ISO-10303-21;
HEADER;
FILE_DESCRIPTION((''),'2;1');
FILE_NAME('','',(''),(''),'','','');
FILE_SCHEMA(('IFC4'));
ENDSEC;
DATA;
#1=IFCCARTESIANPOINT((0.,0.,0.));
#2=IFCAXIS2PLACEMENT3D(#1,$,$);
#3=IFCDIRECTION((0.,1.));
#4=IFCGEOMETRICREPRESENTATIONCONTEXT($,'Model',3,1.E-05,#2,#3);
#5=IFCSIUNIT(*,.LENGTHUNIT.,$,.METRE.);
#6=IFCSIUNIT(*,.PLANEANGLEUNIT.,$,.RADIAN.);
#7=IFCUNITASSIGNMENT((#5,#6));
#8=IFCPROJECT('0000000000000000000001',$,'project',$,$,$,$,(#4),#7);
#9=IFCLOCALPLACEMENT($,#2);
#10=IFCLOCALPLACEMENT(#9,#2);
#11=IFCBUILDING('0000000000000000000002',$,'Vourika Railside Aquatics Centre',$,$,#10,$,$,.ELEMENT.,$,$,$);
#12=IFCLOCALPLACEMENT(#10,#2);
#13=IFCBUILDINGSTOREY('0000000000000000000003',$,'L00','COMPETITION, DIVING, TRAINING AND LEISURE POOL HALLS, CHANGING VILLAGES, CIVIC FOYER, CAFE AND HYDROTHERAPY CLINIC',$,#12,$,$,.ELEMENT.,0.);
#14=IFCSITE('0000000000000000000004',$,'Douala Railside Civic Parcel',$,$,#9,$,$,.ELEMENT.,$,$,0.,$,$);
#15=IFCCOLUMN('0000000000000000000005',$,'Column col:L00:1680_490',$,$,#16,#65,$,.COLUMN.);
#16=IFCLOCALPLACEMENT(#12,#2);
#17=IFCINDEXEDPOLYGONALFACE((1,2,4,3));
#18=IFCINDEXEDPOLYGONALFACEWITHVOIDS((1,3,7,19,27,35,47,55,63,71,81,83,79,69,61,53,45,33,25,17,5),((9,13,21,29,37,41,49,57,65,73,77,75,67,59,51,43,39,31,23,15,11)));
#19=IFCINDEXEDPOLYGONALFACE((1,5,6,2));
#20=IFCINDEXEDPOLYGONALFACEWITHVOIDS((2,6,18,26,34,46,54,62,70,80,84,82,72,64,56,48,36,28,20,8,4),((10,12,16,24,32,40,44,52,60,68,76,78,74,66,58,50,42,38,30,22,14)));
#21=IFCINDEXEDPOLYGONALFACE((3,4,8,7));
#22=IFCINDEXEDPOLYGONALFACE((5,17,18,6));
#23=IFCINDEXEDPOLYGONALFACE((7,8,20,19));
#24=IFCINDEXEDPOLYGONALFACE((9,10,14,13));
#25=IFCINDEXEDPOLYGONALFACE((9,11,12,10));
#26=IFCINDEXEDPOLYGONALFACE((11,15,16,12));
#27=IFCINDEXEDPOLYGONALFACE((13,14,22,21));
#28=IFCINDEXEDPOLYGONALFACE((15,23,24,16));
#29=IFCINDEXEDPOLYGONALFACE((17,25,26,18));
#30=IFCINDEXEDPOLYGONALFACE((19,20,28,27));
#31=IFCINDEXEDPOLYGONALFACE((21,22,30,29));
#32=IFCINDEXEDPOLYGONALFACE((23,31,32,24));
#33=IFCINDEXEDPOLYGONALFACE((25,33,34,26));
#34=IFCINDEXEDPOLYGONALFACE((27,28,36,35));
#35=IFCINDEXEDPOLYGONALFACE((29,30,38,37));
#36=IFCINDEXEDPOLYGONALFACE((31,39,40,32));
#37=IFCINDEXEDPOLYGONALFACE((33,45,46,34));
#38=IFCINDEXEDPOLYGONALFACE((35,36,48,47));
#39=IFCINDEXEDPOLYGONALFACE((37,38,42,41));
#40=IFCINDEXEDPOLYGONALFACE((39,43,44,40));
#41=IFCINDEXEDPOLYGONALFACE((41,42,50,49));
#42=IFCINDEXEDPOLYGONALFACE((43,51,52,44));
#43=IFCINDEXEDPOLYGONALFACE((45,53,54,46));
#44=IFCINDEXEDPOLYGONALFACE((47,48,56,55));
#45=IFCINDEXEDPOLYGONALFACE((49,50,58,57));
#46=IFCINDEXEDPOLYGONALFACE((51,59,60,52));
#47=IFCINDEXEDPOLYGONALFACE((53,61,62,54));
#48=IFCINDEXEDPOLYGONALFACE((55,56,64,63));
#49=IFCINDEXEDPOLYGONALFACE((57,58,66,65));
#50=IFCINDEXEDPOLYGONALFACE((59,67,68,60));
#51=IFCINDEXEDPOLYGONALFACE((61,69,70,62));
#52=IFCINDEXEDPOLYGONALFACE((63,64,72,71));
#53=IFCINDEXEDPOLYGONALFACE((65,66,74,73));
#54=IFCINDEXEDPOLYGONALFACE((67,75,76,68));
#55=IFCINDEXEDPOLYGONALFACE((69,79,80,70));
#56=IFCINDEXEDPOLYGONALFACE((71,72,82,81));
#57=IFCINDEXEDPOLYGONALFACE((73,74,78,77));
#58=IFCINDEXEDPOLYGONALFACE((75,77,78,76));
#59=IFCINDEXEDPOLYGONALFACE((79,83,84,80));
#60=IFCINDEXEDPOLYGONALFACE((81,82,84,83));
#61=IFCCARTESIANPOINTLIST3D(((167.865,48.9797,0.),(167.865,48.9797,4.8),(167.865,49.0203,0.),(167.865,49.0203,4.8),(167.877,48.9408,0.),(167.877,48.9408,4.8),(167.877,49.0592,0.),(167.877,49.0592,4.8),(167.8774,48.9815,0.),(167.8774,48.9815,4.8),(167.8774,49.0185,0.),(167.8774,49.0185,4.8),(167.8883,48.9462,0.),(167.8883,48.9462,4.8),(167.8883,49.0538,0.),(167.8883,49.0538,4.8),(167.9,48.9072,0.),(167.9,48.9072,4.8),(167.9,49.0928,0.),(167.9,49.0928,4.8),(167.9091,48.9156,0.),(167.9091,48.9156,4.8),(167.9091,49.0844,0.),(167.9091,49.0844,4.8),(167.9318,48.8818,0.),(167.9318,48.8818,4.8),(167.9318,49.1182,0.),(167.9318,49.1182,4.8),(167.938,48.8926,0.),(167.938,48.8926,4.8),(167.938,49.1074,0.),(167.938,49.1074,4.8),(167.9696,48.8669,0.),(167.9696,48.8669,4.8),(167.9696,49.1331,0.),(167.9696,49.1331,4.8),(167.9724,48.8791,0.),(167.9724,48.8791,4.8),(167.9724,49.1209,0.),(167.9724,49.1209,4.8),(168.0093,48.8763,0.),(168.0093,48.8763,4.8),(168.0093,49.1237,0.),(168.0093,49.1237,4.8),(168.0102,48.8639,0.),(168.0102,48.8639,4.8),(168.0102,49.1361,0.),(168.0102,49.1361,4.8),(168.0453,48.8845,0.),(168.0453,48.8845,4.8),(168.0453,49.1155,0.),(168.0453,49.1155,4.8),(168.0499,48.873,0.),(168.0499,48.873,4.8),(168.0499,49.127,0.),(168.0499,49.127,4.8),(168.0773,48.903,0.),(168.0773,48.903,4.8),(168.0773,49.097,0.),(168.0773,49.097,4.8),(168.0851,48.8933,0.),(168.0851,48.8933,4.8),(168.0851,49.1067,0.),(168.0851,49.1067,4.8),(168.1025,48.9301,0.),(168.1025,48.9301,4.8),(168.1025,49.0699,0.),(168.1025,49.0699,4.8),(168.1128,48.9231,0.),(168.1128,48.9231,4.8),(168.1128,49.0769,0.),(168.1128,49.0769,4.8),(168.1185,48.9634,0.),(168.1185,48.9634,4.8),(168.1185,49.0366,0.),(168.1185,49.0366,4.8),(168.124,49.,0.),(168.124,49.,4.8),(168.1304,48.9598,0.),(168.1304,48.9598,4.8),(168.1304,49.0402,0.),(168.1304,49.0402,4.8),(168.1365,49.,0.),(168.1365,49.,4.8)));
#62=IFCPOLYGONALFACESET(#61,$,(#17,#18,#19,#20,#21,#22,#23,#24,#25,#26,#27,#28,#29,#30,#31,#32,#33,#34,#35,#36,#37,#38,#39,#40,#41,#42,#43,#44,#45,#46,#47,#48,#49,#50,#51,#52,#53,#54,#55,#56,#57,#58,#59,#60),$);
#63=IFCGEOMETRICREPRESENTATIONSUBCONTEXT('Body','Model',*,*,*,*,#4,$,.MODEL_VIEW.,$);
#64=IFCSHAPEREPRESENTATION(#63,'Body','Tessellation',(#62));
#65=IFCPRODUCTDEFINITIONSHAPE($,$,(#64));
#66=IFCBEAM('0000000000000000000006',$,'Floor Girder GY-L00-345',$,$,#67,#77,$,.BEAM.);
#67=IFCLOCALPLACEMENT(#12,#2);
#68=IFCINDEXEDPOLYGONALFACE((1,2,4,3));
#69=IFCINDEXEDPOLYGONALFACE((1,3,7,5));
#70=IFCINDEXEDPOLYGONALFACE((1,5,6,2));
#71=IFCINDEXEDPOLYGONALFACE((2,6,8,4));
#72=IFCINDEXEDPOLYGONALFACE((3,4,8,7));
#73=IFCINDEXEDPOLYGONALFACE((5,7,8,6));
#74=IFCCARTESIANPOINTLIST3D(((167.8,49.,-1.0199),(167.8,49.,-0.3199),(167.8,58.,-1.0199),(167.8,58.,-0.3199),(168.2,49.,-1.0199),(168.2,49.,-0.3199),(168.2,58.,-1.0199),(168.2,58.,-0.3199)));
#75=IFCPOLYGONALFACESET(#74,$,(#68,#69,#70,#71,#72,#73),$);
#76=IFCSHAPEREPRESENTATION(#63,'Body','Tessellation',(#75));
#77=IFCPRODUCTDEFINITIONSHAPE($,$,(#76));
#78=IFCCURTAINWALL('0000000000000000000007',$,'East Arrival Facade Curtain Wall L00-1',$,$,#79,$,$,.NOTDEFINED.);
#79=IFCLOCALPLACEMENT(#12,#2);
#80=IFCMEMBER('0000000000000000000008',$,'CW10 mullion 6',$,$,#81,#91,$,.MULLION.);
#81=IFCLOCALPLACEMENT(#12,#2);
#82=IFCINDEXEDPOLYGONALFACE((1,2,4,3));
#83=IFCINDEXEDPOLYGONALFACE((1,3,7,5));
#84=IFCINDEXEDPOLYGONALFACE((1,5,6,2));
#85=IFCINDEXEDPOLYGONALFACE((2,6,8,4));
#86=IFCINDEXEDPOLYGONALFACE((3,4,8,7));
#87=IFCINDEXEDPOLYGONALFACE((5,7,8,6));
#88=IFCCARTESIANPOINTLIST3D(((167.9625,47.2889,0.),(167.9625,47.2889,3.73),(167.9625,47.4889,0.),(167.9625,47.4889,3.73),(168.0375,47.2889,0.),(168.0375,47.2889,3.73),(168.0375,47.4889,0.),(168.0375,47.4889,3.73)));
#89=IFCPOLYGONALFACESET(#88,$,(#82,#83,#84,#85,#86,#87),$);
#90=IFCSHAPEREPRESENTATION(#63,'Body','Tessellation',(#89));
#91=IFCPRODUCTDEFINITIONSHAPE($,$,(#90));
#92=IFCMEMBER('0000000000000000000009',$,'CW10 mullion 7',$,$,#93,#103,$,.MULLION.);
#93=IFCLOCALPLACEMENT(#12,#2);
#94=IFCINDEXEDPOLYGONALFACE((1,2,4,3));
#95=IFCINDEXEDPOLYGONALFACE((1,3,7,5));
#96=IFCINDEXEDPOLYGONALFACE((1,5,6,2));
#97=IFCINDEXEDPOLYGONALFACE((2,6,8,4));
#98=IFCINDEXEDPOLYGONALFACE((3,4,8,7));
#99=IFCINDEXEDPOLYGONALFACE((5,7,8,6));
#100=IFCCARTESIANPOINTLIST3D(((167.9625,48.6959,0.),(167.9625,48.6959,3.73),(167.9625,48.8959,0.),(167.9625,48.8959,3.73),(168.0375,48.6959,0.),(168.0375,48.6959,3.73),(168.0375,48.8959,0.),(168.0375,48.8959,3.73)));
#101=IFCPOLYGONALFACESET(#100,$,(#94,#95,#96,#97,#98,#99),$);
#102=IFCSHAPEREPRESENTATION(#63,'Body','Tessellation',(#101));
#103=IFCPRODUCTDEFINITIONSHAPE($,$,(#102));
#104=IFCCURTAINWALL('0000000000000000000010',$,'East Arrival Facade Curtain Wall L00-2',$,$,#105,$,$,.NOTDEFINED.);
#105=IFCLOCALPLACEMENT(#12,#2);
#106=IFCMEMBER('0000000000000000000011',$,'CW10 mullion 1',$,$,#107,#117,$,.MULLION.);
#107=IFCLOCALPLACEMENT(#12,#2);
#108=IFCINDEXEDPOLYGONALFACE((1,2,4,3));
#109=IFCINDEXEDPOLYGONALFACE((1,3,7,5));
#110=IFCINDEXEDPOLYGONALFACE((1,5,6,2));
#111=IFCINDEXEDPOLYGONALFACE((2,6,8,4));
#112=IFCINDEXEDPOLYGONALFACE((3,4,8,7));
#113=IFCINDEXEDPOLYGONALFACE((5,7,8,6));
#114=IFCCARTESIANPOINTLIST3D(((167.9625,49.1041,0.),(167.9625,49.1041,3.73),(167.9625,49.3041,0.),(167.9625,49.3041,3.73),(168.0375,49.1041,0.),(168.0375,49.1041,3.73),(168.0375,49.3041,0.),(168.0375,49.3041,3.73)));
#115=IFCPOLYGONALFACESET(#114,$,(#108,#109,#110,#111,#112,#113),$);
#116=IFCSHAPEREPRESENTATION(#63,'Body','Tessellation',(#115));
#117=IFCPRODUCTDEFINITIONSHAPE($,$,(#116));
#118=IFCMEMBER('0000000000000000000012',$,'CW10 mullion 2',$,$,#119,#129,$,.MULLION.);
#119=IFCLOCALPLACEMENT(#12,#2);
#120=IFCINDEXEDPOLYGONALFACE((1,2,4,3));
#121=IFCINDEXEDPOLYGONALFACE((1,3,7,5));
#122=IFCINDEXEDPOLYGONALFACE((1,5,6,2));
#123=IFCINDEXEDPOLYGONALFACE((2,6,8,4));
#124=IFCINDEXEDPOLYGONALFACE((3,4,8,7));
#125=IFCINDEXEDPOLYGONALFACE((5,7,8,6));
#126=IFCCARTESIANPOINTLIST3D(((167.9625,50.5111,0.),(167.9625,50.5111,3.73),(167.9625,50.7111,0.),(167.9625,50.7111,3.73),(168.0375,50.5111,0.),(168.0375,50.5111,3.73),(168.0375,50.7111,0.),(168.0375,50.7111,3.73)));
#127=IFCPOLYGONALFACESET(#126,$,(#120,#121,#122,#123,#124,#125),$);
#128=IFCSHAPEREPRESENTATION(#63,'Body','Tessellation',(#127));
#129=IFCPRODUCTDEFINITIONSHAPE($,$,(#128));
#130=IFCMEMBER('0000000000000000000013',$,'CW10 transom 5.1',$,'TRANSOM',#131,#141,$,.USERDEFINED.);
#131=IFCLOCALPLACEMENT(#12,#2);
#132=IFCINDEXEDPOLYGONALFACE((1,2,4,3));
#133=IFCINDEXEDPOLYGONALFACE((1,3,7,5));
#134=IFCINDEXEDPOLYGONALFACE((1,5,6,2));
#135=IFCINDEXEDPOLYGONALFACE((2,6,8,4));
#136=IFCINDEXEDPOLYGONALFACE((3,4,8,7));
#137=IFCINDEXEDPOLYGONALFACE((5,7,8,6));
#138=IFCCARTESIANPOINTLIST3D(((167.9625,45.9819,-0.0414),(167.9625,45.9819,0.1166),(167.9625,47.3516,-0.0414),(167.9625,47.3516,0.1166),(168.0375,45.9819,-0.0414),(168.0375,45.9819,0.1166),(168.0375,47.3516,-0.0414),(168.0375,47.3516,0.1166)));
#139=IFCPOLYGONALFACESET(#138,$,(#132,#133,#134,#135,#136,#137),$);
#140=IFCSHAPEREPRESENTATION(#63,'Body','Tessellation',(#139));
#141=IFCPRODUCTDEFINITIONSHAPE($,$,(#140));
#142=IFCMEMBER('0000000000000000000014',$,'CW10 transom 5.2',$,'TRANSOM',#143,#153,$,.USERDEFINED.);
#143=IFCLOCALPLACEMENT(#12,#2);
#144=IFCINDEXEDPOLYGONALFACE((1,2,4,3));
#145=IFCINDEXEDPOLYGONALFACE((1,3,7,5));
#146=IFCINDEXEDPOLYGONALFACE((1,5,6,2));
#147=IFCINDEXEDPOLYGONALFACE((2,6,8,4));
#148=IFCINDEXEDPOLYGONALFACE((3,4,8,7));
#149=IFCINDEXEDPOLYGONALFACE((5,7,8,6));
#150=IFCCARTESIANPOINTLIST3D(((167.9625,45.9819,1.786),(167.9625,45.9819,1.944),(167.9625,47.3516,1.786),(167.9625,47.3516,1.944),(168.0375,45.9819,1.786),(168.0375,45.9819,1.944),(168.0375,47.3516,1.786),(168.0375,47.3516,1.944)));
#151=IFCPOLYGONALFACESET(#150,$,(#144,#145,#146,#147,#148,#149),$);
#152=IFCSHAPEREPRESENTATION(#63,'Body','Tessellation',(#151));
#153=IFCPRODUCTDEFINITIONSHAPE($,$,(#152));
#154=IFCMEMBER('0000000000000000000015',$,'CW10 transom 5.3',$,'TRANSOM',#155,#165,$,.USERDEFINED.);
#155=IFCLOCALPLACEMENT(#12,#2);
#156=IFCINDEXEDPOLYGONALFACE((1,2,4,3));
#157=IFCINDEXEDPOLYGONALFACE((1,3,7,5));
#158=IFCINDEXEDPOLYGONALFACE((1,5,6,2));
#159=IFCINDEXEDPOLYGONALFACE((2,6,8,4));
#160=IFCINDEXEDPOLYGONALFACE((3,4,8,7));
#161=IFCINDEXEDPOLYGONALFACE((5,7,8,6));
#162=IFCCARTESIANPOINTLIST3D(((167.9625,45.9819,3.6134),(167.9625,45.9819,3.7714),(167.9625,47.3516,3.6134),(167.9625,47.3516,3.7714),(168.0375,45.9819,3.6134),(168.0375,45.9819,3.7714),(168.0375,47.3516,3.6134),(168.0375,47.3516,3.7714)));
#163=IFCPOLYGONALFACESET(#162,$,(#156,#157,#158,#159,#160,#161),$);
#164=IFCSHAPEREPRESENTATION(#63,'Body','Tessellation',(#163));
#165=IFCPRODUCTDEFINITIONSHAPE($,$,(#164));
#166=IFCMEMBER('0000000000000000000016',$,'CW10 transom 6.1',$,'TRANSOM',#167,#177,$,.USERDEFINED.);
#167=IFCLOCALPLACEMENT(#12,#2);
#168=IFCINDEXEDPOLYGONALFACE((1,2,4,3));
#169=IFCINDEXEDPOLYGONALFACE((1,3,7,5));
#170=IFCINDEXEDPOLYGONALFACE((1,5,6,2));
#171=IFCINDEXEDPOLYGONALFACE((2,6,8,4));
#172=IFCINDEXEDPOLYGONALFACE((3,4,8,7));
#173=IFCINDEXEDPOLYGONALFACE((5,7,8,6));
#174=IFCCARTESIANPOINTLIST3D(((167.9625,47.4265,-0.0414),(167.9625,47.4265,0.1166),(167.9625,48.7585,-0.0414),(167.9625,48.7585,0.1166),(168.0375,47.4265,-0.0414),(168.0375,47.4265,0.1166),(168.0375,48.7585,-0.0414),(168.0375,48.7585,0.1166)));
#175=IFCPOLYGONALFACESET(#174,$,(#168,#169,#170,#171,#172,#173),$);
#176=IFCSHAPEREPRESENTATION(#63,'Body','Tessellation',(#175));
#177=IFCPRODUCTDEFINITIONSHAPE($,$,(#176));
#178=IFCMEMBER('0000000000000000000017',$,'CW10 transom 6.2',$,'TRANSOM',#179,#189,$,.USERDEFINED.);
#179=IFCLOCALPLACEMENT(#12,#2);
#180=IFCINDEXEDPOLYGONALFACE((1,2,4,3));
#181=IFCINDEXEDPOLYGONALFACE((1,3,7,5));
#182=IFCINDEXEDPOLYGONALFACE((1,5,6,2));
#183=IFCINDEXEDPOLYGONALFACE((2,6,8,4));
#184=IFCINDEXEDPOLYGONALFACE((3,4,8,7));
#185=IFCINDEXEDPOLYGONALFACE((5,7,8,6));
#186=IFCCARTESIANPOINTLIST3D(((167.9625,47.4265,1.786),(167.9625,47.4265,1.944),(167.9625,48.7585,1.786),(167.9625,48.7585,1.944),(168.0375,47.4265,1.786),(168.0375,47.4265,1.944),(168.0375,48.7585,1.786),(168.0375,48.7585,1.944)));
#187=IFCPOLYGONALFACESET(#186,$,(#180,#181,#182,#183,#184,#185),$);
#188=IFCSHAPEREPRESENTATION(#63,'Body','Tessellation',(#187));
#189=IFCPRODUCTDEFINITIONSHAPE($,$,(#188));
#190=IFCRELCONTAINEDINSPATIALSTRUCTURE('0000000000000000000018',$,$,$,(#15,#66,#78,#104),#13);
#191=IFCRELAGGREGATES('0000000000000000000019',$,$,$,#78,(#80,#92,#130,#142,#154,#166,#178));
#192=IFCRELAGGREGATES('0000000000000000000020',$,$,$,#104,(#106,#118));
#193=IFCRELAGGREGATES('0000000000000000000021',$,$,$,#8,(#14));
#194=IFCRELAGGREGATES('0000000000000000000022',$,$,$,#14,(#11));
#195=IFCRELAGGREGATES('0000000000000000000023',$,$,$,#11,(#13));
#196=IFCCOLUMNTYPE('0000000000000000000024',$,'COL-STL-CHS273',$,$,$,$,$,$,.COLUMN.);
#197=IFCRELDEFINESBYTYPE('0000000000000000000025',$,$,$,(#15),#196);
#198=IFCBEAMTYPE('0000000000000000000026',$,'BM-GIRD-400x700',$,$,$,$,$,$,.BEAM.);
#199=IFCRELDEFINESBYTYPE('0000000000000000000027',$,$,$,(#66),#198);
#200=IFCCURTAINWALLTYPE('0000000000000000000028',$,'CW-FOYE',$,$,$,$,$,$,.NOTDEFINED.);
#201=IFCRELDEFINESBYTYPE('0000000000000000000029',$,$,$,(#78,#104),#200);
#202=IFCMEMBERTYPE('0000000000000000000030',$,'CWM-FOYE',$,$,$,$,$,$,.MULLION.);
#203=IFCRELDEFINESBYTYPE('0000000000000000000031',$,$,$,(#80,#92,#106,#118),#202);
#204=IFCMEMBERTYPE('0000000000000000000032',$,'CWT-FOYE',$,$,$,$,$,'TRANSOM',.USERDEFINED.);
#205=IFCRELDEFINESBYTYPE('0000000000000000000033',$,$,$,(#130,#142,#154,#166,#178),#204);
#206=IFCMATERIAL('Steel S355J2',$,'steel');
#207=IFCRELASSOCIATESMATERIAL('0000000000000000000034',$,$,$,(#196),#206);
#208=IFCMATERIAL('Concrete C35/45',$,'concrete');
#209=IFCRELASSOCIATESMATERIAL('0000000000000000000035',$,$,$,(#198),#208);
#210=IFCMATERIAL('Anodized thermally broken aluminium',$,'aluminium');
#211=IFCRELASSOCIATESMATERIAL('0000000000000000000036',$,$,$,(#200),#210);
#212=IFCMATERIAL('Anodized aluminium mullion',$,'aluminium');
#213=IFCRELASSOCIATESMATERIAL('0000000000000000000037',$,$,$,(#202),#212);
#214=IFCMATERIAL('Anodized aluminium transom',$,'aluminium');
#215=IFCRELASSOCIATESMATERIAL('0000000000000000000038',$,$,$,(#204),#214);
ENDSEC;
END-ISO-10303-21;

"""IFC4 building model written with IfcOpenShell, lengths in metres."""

from ifc_helpers import new_model, si_unit, direction, frame, origin, origin_2d, place, context, subcontext, project, spatial, rectangle, hollow_circle, extrude, material, material_profile, profile_set, type_object, element, aggregate, save


model = new_model("IFC4")

# Units and contexts
model_context = context("Model", 3, precision=1e-05, world=origin(), true_north=direction((0.0, 1.0)))
body_context = subcontext(model_context, "Body", "Model", "MODEL_VIEW")
ifc_project = project(units=[si_unit("LENGTHUNIT", "METRE"), si_unit("PLANEANGLEUNIT", "RADIAN")], contexts=[model_context])

# Site, building, storey
site_placement = place(None, origin())
site = spatial("IfcSite", under=ifc_project, at=site_placement, Name="Douala Railside Civic Parcel", CompositionType="ELEMENT", RefElevation=0.0)
building_placement = place(site_placement, origin())
building = spatial("IfcBuilding", under=site, at=building_placement, Name="Vourika Railside Aquatics Centre", CompositionType="ELEMENT")
storey_placement = place(building_placement, origin())
storey = spatial("IfcBuildingStorey", under=building, at=storey_placement, Name="L00", Description="COMPETITION, DIVING, TRAINING AND LEISURE POOL HALLS, CHANGING VILLAGES, CIVIC FOYER, CAFE AND HYDROTHERAPY CLINIC", CompositionType="ELEMENT", Elevation=0.0)

# Column
ifc_material_1 = material(Name="Steel S355J2", Category="steel")
ifc_material_profile_1 = material_profile(ifc_material_1, hollow_circle(Radius=0.1365, WallThickness=0.0125, at=origin_2d()), Name="CHS 273x12.5")
ifc_profile_set_1 = profile_set([ifc_material_profile_1], Name="Steel S355J2")
column_type = type_object("IfcColumnType", Name="COL-STL-CHS273", PredefinedType="COLUMN", material=ifc_profile_set_1)
column_placement = place(storey_placement, frame((168.0, 49.0, 0.0), z_axis=(0.0, 0.0, 1.0), x_axis=(1.0, 0.0, 0.0)))
element("IfcColumn", 1, at=column_placement, inside=storey, type_object=column_type, Name="Column col:L00:1680_490", PredefinedType="COLUMN", context=body_context, shape_type="SweptSolid", body=[
    extrude(hollow_circle(Radius=0.1365, WallThickness=0.0125, at=origin_2d()), origin(), (0.0, 0.0, 1.0), 4.8),
])

# Beam
ifc_material_2 = material(Name="Concrete C35/45", Category="concrete")
ifc_material_profile_2 = material_profile(ifc_material_2, rectangle(XDim=0.3999, YDim=0.7, at=origin_2d()), Name="RC 400x700")
ifc_profile_set_2 = profile_set([ifc_material_profile_2], Name="Concrete C35/45")
beam_type = type_object("IfcBeamType", Name="BM-GIRD-400x700", PredefinedType="BEAM", material=ifc_profile_set_2)
beam_placement = place(storey_placement, frame((168.0, 49.0, -0.6699), z_axis=(0.0, 1.0, 0.0), x_axis=(-1.0, 0.0, 0.0)))
element("IfcBeam", 2, at=beam_placement, inside=storey, type_object=beam_type, Name="Floor Girder GY-L00-345", PredefinedType="BEAM", context=body_context, shape_type="SweptSolid", body=[
    extrude(rectangle(XDim=0.3999, YDim=0.7, at=origin_2d()), origin(), (0.0, 0.0, 1.0), 9.0),
])

# Curtain walls, members
ifc_material_3 = material(Name="Anodized thermally broken aluminium", Category="aluminium")
curtain_wall_type = type_object("IfcCurtainWallType", Name="CW-FOYE", PredefinedType="NOTDEFINED", material=ifc_material_3)
curtain_wall_1_placement = place(storey_placement, origin())
curtain_wall_1 = element("IfcCurtainWall", 3, at=curtain_wall_1_placement, inside=storey, type_object=curtain_wall_type, Name="East Arrival Facade Curtain Wall L00-1", PredefinedType="NOTDEFINED")
ifc_material_4 = material(Name="Anodized aluminium mullion", Category="aluminium")
ifc_material_profile_3 = material_profile(ifc_material_4, rectangle(XDim=0.075, YDim=0.2, at=origin_2d()), Name="ALU-M 75x200")
ifc_profile_set_3 = profile_set([ifc_material_profile_3], Name="Anodized aluminium mullion")
member_type_1 = type_object("IfcMemberType", Name="CWM-FOYE", PredefinedType="MULLION", material=ifc_profile_set_3)
member_1_placement = place(storey_placement, frame((168.0, 47.3889, 0.0), z_axis=(0.0, 0.0, 1.0), x_axis=(-1.0, 0.0, 0.0)))
member_1 = element("IfcMember", 4, at=member_1_placement, type_object=member_type_1, Name="CW10 mullion 6", PredefinedType="MULLION", context=body_context, shape_type="SweptSolid", body=[
    extrude(rectangle(XDim=0.075, YDim=0.2, at=origin_2d()), origin(), (0.0, 0.0, 1.0), 3.73),
])
member_2_placement = place(storey_placement, frame((168.0, 48.7959, 0.0), z_axis=(0.0, 0.0, 1.0), x_axis=(-1.0, 0.0, 0.0)))
member_2 = element("IfcMember", 5, at=member_2_placement, type_object=member_type_1, Name="CW10 mullion 7", PredefinedType="MULLION", context=body_context, shape_type="SweptSolid", body=[
    extrude(rectangle(XDim=0.075, YDim=0.2, at=origin_2d()), origin(), (0.0, 0.0, 1.0), 3.73),
])
curtain_wall_2_placement = place(storey_placement, origin())
curtain_wall_2 = element("IfcCurtainWall", 6, at=curtain_wall_2_placement, inside=storey, type_object=curtain_wall_type, Name="East Arrival Facade Curtain Wall L00-2", PredefinedType="NOTDEFINED")
member_3_placement = place(storey_placement, frame((168.0, 49.2041, 0.0), z_axis=(0.0, 0.0, 1.0), x_axis=(-1.0, 0.0, 0.0)))
member_3 = element("IfcMember", 7, at=member_3_placement, type_object=member_type_1, Name="CW10 mullion 1", PredefinedType="MULLION", context=body_context, shape_type="SweptSolid", body=[
    extrude(rectangle(XDim=0.075, YDim=0.2, at=origin_2d()), origin(), (0.0, 0.0, 1.0), 3.73),
])
member_4_placement = place(storey_placement, frame((168.0, 50.6111, 0.0), z_axis=(0.0, 0.0, 1.0), x_axis=(-1.0, 0.0, 0.0)))
member_4 = element("IfcMember", 8, at=member_4_placement, type_object=member_type_1, Name="CW10 mullion 2", PredefinedType="MULLION", context=body_context, shape_type="SweptSolid", body=[
    extrude(rectangle(XDim=0.075, YDim=0.2, at=origin_2d()), origin(), (0.0, 0.0, 1.0), 3.73),
])

# Members
ifc_material_5 = material(Name="Anodized aluminium transom", Category="aluminium")
ifc_material_profile_4 = material_profile(ifc_material_5, rectangle(XDim=0.075, YDim=0.158, at=origin_2d()), Name="ALU-T 75x158")
ifc_profile_set_4 = profile_set([ifc_material_profile_4], Name="Anodized aluminium transom")
member_type_2 = type_object("IfcMemberType", Name="CWT-FOYE", ElementType="TRANSOM", PredefinedType="USERDEFINED", material=ifc_profile_set_4)
member_5_placement = place(storey_placement, frame((168.0, 45.9819, 0.0376), z_axis=(0.0, 1.0, 0.0), x_axis=(-1.0, 0.0, 0.0)))
member_5 = element("IfcMember", 9, at=member_5_placement, type_object=member_type_2, Name="CW10 transom 5.1", ObjectType="TRANSOM", PredefinedType="USERDEFINED", context=body_context, shape_type="SweptSolid", body=[
    extrude(rectangle(XDim=0.075, YDim=0.158, at=origin_2d()), origin(), (0.0, 0.0, 1.0), 1.3696),
])
member_6_placement = place(storey_placement, frame((168.0, 45.9819, 1.865), z_axis=(0.0, 1.0, 0.0), x_axis=(-1.0, 0.0, 0.0)))
member_6 = element("IfcMember", 10, at=member_6_placement, type_object=member_type_2, Name="CW10 transom 5.2", ObjectType="TRANSOM", PredefinedType="USERDEFINED", context=body_context, shape_type="SweptSolid", body=[
    extrude(rectangle(XDim=0.075, YDim=0.158, at=origin_2d()), origin(), (0.0, 0.0, 1.0), 1.3696),
])
member_7_placement = place(storey_placement, frame((168.0, 45.9819, 3.6924), z_axis=(0.0, 1.0, 0.0), x_axis=(-1.0, 0.0, 0.0)))
member_7 = element("IfcMember", 11, at=member_7_placement, type_object=member_type_2, Name="CW10 transom 5.3", ObjectType="TRANSOM", PredefinedType="USERDEFINED", context=body_context, shape_type="SweptSolid", body=[
    extrude(rectangle(XDim=0.075, YDim=0.158, at=origin_2d()), origin(), (0.0, 0.0, 1.0), 1.3696),
])
member_8_placement = place(storey_placement, frame((168.0, 47.4265, 0.0376), z_axis=(0.0, 1.0, 0.0), x_axis=(-1.0, 0.0, 0.0)))
member_8 = element("IfcMember", 12, at=member_8_placement, type_object=member_type_2, Name="CW10 transom 6.1", ObjectType="TRANSOM", PredefinedType="USERDEFINED", context=body_context, shape_type="SweptSolid", body=[
    extrude(rectangle(XDim=0.075, YDim=0.158, at=origin_2d()), origin(), (0.0, 0.0, 1.0), 1.332),
])
member_9_placement = place(storey_placement, frame((168.0, 47.4265, 1.865), z_axis=(0.0, 1.0, 0.0), x_axis=(-1.0, 0.0, 0.0)))
member_9 = element("IfcMember", 13, at=member_9_placement, type_object=member_type_2, Name="CW10 transom 6.2", ObjectType="TRANSOM", PredefinedType="USERDEFINED", context=body_context, shape_type="SweptSolid", body=[
    extrude(rectangle(XDim=0.075, YDim=0.158, at=origin_2d()), origin(), (0.0, 0.0, 1.0), 1.332),
])

aggregate(curtain_wall_1, [member_1, member_2, member_5, member_6, member_7, member_8, member_9])
aggregate(curtain_wall_2, [member_3, member_4])

save(model, "model.ifc")
